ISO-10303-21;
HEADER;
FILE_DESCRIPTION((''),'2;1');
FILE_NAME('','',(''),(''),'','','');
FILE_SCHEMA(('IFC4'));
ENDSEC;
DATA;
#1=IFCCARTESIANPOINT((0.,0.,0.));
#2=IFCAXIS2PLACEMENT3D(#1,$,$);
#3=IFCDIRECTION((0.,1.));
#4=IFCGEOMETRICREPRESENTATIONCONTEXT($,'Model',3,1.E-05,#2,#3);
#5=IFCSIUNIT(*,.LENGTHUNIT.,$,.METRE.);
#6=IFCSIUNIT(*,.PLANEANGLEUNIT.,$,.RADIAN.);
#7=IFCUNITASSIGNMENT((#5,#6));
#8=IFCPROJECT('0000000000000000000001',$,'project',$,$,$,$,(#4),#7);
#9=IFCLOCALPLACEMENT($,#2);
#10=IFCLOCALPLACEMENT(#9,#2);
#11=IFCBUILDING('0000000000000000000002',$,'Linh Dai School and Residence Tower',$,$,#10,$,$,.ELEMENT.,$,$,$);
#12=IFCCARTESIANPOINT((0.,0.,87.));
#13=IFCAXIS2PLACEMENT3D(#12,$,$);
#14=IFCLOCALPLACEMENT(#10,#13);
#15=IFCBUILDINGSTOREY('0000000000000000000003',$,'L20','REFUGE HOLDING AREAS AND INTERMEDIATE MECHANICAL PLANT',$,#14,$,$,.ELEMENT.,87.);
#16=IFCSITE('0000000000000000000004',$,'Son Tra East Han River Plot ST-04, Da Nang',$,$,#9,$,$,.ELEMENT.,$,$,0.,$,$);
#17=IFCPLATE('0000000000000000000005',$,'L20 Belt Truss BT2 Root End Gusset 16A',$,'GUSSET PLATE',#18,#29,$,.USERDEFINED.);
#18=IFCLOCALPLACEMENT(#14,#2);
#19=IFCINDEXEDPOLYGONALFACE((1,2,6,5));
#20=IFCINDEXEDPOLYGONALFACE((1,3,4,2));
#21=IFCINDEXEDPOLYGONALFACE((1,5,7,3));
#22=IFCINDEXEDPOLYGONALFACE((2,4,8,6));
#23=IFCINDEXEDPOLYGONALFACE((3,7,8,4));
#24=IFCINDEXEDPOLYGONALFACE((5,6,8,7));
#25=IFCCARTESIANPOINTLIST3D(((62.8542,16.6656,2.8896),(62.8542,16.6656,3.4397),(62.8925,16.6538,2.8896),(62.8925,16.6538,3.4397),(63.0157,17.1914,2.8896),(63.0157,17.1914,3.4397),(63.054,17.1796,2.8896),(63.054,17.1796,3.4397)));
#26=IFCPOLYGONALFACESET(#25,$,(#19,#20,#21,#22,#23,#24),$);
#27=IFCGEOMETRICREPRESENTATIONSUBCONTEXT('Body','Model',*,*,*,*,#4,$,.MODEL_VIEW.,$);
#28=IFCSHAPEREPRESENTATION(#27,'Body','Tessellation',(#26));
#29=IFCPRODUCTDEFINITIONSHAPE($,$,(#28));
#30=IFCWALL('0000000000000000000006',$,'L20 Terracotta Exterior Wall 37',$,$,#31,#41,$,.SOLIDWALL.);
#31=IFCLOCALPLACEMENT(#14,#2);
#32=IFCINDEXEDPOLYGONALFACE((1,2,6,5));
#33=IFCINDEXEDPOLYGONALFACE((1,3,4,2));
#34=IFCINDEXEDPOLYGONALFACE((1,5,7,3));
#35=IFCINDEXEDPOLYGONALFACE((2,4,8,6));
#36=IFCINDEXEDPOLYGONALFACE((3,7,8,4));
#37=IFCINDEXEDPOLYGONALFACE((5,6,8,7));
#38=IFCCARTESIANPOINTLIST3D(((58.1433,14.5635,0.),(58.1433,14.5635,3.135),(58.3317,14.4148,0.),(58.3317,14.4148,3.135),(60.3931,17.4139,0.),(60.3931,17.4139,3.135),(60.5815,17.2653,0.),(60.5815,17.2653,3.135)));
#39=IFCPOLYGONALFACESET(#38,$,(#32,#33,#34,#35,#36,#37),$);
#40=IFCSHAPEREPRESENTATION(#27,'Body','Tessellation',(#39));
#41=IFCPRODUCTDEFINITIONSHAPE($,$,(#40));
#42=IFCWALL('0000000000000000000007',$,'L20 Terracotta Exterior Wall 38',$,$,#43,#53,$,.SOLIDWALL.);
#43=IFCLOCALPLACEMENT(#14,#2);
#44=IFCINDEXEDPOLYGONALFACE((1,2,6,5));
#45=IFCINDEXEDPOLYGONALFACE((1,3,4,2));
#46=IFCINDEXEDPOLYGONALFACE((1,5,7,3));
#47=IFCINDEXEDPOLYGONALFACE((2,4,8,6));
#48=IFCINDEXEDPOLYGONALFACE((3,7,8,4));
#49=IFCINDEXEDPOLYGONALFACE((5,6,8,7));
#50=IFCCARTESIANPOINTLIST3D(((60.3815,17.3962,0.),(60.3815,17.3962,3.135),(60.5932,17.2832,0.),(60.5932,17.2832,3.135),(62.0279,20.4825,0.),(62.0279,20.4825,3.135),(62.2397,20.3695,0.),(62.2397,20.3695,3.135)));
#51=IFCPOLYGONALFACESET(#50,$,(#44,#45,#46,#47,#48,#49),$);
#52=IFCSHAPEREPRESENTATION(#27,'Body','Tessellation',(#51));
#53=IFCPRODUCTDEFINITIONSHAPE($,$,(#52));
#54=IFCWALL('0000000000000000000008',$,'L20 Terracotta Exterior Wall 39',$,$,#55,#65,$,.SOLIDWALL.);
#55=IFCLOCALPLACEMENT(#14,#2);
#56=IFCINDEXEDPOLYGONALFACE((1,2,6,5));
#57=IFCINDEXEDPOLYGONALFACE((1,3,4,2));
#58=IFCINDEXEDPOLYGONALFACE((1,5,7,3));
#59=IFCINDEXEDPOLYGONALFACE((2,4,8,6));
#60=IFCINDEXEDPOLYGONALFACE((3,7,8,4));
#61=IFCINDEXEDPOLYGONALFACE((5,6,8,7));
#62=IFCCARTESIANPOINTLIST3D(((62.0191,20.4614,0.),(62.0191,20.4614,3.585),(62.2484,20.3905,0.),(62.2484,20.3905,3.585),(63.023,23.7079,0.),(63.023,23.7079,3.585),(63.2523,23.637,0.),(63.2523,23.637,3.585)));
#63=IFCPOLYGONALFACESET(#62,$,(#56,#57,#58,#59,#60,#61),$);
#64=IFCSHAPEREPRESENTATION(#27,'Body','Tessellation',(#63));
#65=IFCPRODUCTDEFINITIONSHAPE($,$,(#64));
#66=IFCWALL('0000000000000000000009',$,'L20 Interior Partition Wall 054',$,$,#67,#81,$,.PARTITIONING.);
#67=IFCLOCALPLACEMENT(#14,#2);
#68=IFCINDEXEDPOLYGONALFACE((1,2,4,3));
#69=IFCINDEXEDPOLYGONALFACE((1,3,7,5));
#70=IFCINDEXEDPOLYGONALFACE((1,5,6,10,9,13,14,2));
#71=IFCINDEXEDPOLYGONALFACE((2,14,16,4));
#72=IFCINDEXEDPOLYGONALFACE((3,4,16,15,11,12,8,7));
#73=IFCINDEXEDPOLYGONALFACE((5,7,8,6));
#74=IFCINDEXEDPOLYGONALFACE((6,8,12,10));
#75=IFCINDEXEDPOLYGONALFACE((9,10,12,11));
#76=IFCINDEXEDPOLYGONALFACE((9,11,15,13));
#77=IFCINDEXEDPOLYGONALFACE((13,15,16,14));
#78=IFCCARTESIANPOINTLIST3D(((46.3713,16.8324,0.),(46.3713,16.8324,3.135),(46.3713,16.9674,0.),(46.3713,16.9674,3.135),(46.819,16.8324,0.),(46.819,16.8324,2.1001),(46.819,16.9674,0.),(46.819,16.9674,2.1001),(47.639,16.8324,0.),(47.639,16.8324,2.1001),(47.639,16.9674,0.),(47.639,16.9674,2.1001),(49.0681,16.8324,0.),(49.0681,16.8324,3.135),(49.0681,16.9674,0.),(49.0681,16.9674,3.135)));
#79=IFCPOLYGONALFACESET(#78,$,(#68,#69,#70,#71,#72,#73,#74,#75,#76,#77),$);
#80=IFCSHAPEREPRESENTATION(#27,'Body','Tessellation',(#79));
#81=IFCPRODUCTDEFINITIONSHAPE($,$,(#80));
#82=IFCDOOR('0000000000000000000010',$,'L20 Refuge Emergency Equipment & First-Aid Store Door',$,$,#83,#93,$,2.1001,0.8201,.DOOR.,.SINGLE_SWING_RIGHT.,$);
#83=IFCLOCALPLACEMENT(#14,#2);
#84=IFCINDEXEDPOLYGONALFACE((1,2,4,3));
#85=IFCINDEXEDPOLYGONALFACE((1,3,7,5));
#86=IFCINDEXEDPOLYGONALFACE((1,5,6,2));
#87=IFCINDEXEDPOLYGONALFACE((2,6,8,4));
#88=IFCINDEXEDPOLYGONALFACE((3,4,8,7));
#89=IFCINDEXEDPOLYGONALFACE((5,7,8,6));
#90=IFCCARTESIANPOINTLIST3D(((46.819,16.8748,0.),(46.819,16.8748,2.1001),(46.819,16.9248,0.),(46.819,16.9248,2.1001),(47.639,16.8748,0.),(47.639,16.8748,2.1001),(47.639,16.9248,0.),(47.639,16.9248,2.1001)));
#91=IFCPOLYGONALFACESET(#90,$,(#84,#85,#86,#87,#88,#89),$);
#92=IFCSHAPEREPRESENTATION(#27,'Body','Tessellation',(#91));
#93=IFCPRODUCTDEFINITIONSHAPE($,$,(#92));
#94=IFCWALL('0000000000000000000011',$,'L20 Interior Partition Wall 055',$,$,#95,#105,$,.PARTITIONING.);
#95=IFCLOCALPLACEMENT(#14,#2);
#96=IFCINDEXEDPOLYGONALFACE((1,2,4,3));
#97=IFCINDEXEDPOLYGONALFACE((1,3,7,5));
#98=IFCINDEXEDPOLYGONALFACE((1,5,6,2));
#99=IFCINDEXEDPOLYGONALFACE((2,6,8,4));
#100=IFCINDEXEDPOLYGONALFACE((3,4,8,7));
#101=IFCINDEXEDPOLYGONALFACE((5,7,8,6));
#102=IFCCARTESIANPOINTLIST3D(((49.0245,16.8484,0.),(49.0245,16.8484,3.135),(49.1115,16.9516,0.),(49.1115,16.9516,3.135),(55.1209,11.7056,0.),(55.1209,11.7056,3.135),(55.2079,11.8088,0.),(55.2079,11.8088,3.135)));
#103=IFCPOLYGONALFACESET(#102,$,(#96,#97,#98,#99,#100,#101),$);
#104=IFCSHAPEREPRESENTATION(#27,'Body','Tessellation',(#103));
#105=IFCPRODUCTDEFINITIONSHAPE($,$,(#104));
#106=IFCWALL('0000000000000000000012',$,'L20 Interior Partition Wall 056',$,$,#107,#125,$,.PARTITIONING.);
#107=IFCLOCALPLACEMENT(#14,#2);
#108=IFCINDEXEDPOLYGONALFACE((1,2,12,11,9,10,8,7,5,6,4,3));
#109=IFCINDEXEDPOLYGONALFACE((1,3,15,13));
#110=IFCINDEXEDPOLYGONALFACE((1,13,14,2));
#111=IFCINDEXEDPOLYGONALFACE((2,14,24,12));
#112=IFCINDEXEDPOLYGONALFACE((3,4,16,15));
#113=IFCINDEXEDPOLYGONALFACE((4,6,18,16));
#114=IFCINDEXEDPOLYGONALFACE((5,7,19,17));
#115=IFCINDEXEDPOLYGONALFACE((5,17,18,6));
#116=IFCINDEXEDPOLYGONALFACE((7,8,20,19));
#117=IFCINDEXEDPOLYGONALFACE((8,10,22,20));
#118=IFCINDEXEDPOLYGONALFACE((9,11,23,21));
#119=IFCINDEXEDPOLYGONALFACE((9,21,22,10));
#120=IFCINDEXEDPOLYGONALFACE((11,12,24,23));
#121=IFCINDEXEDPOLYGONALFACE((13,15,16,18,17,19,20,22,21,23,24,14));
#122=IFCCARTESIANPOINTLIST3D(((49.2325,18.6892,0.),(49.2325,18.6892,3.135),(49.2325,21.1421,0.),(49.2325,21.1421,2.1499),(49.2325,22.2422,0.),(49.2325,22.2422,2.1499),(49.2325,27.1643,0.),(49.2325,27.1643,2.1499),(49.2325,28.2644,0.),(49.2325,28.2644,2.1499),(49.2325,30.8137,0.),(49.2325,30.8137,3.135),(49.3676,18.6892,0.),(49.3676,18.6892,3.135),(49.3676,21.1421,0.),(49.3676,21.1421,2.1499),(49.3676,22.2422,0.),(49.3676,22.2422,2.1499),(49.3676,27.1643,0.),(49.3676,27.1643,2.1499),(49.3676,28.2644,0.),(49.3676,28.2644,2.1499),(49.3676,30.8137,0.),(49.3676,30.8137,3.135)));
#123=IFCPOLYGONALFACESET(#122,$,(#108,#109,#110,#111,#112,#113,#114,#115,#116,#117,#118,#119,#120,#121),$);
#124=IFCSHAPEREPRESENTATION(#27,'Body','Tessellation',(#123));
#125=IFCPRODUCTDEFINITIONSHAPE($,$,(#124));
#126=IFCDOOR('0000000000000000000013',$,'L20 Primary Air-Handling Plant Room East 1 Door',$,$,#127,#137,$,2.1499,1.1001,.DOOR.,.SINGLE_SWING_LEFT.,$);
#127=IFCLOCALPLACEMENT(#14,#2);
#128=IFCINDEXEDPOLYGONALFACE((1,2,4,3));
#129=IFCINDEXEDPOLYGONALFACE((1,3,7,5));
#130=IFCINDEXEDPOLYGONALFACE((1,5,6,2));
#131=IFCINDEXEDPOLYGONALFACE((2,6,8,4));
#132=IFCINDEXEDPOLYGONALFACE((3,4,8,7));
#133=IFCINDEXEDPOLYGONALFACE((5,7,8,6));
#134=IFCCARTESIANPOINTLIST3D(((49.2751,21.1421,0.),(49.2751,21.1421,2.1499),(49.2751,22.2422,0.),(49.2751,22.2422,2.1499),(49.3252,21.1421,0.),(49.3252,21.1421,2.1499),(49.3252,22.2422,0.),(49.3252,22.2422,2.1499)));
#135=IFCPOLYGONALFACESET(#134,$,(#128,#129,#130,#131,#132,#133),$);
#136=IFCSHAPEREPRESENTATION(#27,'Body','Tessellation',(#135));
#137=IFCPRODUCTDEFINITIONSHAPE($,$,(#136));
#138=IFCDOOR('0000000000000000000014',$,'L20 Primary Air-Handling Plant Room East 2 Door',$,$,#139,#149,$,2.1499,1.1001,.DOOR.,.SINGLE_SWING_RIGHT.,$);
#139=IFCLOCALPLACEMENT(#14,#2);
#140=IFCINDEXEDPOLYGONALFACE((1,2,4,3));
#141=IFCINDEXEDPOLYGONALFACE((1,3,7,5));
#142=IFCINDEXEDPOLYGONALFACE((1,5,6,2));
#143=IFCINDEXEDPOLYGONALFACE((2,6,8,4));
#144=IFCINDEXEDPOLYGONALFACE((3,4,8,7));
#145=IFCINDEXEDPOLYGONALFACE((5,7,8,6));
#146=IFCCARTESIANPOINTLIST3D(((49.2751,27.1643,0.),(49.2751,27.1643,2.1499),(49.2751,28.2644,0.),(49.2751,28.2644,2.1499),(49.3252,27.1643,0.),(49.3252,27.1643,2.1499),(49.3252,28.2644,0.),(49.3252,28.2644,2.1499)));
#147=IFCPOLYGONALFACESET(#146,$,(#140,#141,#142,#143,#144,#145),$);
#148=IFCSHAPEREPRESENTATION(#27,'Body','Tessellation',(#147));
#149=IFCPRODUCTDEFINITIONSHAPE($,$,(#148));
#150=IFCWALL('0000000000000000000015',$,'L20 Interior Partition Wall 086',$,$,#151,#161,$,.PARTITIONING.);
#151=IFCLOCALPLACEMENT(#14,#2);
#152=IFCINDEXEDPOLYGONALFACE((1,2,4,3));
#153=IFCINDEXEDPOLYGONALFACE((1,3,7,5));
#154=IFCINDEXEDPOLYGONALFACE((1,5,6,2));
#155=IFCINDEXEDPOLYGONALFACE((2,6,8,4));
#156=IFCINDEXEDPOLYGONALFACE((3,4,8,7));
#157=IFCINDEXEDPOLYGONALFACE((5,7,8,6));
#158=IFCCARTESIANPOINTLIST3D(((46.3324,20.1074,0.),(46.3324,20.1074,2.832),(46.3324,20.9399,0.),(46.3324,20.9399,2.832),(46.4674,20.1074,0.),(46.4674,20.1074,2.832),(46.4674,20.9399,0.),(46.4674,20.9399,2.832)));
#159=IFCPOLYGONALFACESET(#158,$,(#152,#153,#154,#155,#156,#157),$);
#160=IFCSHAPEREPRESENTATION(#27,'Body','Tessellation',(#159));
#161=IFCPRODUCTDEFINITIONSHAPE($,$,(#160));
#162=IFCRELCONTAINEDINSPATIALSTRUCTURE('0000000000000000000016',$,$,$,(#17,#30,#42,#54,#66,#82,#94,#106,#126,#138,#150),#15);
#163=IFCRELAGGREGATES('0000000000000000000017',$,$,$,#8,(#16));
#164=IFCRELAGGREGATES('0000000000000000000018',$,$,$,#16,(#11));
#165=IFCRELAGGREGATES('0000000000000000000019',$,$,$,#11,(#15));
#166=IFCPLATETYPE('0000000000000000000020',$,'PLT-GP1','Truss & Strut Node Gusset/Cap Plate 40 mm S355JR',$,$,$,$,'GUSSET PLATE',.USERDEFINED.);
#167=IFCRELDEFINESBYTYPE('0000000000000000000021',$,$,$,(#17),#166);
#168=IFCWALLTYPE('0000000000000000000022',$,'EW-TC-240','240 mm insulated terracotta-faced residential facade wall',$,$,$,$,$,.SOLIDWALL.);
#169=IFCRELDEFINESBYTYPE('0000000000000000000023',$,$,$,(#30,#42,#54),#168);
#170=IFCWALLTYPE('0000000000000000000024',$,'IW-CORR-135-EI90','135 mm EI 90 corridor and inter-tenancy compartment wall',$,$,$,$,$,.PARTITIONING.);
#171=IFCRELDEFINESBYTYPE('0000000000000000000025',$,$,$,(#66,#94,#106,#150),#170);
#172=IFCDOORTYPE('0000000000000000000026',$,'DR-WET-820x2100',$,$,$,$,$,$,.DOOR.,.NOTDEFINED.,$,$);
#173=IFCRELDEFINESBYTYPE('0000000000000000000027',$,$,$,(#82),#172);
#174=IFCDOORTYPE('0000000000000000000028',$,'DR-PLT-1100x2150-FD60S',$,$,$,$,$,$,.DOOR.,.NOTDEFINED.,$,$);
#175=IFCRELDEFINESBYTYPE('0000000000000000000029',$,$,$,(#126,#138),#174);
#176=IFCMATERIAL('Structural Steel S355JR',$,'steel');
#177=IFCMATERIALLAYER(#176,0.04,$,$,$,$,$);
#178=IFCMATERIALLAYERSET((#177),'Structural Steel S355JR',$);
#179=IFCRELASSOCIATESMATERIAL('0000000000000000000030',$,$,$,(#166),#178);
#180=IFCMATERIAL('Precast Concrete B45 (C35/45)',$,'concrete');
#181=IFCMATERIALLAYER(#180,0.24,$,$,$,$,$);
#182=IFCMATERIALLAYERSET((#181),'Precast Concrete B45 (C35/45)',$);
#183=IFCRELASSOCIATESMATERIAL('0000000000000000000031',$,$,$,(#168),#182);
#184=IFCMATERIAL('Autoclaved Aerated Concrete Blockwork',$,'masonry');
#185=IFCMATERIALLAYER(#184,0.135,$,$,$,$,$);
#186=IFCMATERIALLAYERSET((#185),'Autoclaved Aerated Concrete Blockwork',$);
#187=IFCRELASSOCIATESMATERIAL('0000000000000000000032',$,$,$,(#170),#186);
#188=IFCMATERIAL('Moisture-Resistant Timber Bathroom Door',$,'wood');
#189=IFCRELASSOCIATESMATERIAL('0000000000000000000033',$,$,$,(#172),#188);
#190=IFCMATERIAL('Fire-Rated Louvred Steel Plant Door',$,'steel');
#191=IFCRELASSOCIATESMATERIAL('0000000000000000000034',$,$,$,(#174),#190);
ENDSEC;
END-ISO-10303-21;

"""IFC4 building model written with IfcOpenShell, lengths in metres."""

from ifc_helpers import new_model, si_unit, direction, frame, frame_2d, origin, origin_2d, place, context, subcontext, project, spatial, rectangle, extrude, source, transform, mapped, material, layer, layer_set, type_object, element, fill, save


model = new_model("IFC4")

# Units and contexts
model_context = context("Model", 3, precision=1e-05, world=origin(), true_north=direction((0.0, 1.0)))
body_context = subcontext(model_context, "Body", "Model", "MODEL_VIEW")
ifc_project = project(units=[si_unit("LENGTHUNIT", "METRE"), si_unit("PLANEANGLEUNIT", "RADIAN")], contexts=[model_context])

# Site, building, storey
site_placement = place(None, origin())
site = spatial("IfcSite", under=ifc_project, at=site_placement, Name="Son Tra East Han River Plot ST-04, Da Nang", CompositionType="ELEMENT", RefElevation=0.0)
building_placement = place(site_placement, origin())
building = spatial("IfcBuilding", under=site, at=building_placement, Name="Linh Dai School and Residence Tower", CompositionType="ELEMENT")
storey_placement = place(building_placement, frame((0.0, 0.0, 87.0)))
storey = spatial("IfcBuildingStorey", under=building, at=storey_placement, Name="L20", Description="REFUGE HOLDING AREAS AND INTERMEDIATE MECHANICAL PLANT", CompositionType="ELEMENT", Elevation=87.0)

# Shared definitions
ifc_material_1 = material(Name="Structural Steel S355JR", Category="steel")

# Plate
ifc_layer_1 = layer(ifc_material_1, 0.04)
ifc_layer_set_1 = layer_set([ifc_layer_1], Name="Structural Steel S355JR")
plate_type = type_object("IfcPlateType", Name="PLT-GP1", Description="Truss & Strut Node Gusset/Cap Plate 40 mm S355JR", ElementType="GUSSET PLATE", PredefinedType="USERDEFINED", material=ifc_layer_set_1)
shared_shape_1 = source(origin(), body_context, "Body", "SweptSolid", [
    extrude(rectangle(XDim=0.55, YDim=0.04, at=origin_2d()), origin(), (0.0, 0.0, 1.0), 0.55),
])
for number, where, z_axis, x_axis, name in (
    (1, (62.9541, 16.9226, 2.8896), (0.0, 0.0, 1.0), (0.293658, 0.955911, 0.0), "L20 Belt Truss BT2 Root End Gusset 16A"),
):
    element("IfcPlate", number, at=place(storey_placement, frame(where, z_axis=z_axis, x_axis=x_axis)), inside=storey, type_object=plate_type, Name=name, ObjectType="GUSSET PLATE", PredefinedType="USERDEFINED", context=body_context, shape_type="MappedRepresentation", body=[
        mapped(shared_shape_1, transform((0.0, 0.0, 0.0), x_axis=(1.0, 0.0, 0.0), y_axis=(0.0, 1.0, 0.0), z_axis=(0.0, 0.0, 1.0), scale=1.0)),
    ])

# Walls
ifc_material_2 = material(Name="Precast Concrete B45 (C35/45)", Category="concrete")
ifc_layer_2 = layer(ifc_material_2, 0.24)
ifc_layer_set_2 = layer_set([ifc_layer_2], Name="Precast Concrete B45 (C35/45)")
wall_type_1 = type_object("IfcWallType", Name="EW-TC-240", Description="240 mm insulated terracotta-faced residential facade wall", PredefinedType="SOLIDWALL", material=ifc_layer_set_2)
wall_1_placement = place(storey_placement, frame((60.4873, 17.3396, 0.0), z_axis=(0.0, 0.0, 1.0), x_axis=(-0.619557, -0.784952, 0.0)))
element("IfcWall", 2, at=wall_1_placement, inside=storey, type_object=wall_type_1, Name="L20 Terracotta Exterior Wall 37", PredefinedType="SOLIDWALL", context=body_context, shape_type="SweptSolid", body=[
    extrude(rectangle(XDim=3.6313, YDim=0.24, at=frame_2d((1.8157, 0.0))), origin(), (0.0, 0.0, 1.0), 3.135),
])
wall_2_placement = place(storey_placement, frame((62.1338, 20.426, 0.0), z_axis=(0.0, 0.0, 1.0), x_axis=(-0.470675, -0.882307, 0.0)))
element("IfcWall", 3, at=wall_2_placement, inside=storey, type_object=wall_type_1, Name="L20 Terracotta Exterior Wall 38", PredefinedType="SOLIDWALL", context=body_context, shape_type="SweptSolid", body=[
    extrude(rectangle(XDim=3.498, YDim=0.24, at=frame_2d((1.749, 0.0))), origin(), (0.0, 0.0, 1.0), 3.135),
])
wall_3_placement = place(storey_placement, frame((63.1377, 23.6726, 0.0), z_axis=(0.0, 0.0, 1.0), x_axis=(-0.295418, -0.955368, 0.0)))
element("IfcWall", 4, at=wall_3_placement, inside=storey, type_object=wall_type_1, Name="L20 Terracotta Exterior Wall 39", PredefinedType="SOLIDWALL", context=body_context, shape_type="SweptSolid", body=[
    extrude(rectangle(XDim=3.3982, YDim=0.24, at=frame_2d((1.6992, 0.0))), origin(), (0.0, 0.0, 1.0), 3.585),
])

# Wall, opening, door
ifc_material_3 = material(Name="Autoclaved Aerated Concrete Blockwork", Category="masonry")
ifc_layer_3 = layer(ifc_material_3, 0.135)
ifc_layer_set_3 = layer_set([ifc_layer_3], Name="Autoclaved Aerated Concrete Blockwork")
wall_type_2 = type_object("IfcWallType", Name="IW-CORR-135-EI90", Description="135 mm EI 90 corridor and inter-tenancy compartment wall", PredefinedType="PARTITIONING", material=ifc_layer_set_3)
wall_4_placement = place(storey_placement, frame((46.3713, 16.8999, 0.0), z_axis=(0.0, 0.0, 1.0), x_axis=(1.0, 0.0, 0.0)))
wall_4 = element("IfcWall", 5, at=wall_4_placement, inside=storey, type_object=wall_type_2, Name="L20 Interior Partition Wall 054", PredefinedType="PARTITIONING", context=body_context, shape_type="SweptSolid", body=[
    extrude(rectangle(XDim=2.6968, YDim=0.135, at=frame_2d((1.3484, 0.0))), origin(), (0.0, 0.0, 1.0), 3.135),
])
opening_1_placement = place(wall_4_placement, frame((0.4475, 0.0, 0.0)))
opening_1 = element("IfcOpeningElement", 6, at=opening_1_placement, cuts=wall_4, PredefinedType="OPENING", context=body_context, shape_type="SweptSolid", body=[
    extrude(rectangle(XDim=0.8201, YDim=2.1001, at=origin_2d()), frame((0.4102, 0.0776, 1.05), z_axis=(0.0, -1.0, 0.0), x_axis=(1.0, 0.0, 0.0)), (0.0, 0.0, 1.0), 0.155),
])
ifc_material_4 = material(Name="Moisture-Resistant Timber Bathroom Door", Category="wood")
door_type_1 = type_object("IfcDoorType", Name="DR-WET-820x2100", OperationType="NOTDEFINED", PredefinedType="DOOR", material=ifc_material_4)
shared_shape_2 = source(origin(), body_context, "Body", "SweptSolid", [
    extrude(rectangle(XDim=0.8201, YDim=2.1001, at=origin_2d()), frame((0.4102, 0.0249, 1.05), z_axis=(0.0, -1.0, 0.0), x_axis=(1.0, 0.0, 0.0)), (0.0, 0.0, 1.0), 0.05),
])
door_1_placement = place(opening_1_placement, origin())
door_1 = element("IfcDoor", 7, at=door_1_placement, inside=storey, type_object=door_type_1, Name="L20 Refuge Emergency Equipment & First-Aid Store Door", OperationType="SINGLE_SWING_RIGHT", OverallHeight=2.1001, OverallWidth=0.8201, PredefinedType="DOOR", context=body_context, shape_type="MappedRepresentation", body=[
    mapped(shared_shape_2, transform((0.0, 0.0, 0.0), x_axis=(1.0, 0.0, 0.0), y_axis=(0.0, 1.0, 0.0), z_axis=(0.0, 0.0, 1.0), scale=1.0)),
])
fill(opening_1, door_1)

# Wall
wall_5_placement = place(storey_placement, frame((49.0681, 16.8999, 0.0), z_axis=(0.0, 0.0, 1.0), x_axis=(0.764356, -0.644794, 0.0)))
element("IfcWall", 8, at=wall_5_placement, inside=storey, type_object=wall_type_2, Name="L20 Interior Partition Wall 055", PredefinedType="PARTITIONING", context=body_context, shape_type="SweptSolid", body=[
    extrude(rectangle(XDim=7.9758, YDim=0.135, at=frame_2d((3.9878, 0.0))), origin(), (0.0, 0.0, 1.0), 3.135),
])

# Wall, openings, doors
wall_6_placement = place(storey_placement, frame((49.3, 18.6892, 0.0), z_axis=(0.0, 0.0, 1.0), x_axis=(0.0, 1.0, 0.0)))
wall_6 = element("IfcWall", 9, at=wall_6_placement, inside=storey, type_object=wall_type_2, Name="L20 Interior Partition Wall 056", PredefinedType="PARTITIONING", context=body_context, shape_type="SweptSolid", body=[
    extrude(rectangle(XDim=12.1245, YDim=0.135, at=frame_2d((6.0623, 0.0))), origin(), (0.0, 0.0, 1.0), 3.135),
])
opening_2_placement = place(wall_6_placement, frame((2.4529, 0.0, 0.0)))
opening_2 = element("IfcOpeningElement", 10, at=opening_2_placement, cuts=wall_6, PredefinedType="OPENING", context=body_context, shape_type="SweptSolid", body=[
    extrude(rectangle(XDim=1.1001, YDim=2.1499, at=origin_2d()), frame((0.55, 0.0776, 1.075), z_axis=(0.0, -1.0, 0.0), x_axis=(1.0, 0.0, 0.0)), (0.0, 0.0, 1.0), 0.155),
])
opening_3_placement = place(wall_6_placement, frame((8.4751, 0.0, 0.0)))
opening_3 = element("IfcOpeningElement", 11, at=opening_3_placement, cuts=wall_6, PredefinedType="OPENING", context=body_context, shape_type="SweptSolid", body=[
    extrude(rectangle(XDim=1.1001, YDim=2.1499, at=origin_2d()), frame((0.55, 0.0776, 1.075), z_axis=(0.0, -1.0, 0.0), x_axis=(1.0, 0.0, 0.0)), (0.0, 0.0, 1.0), 0.155),
])
ifc_material_5 = material(Name="Fire-Rated Louvred Steel Plant Door", Category="steel")
door_type_2 = type_object("IfcDoorType", Name="DR-PLT-1100x2150-FD60S", OperationType="NOTDEFINED", PredefinedType="DOOR", material=ifc_material_5)
shared_shape_3 = source(origin(), body_context, "Body", "SweptSolid", [
    extrude(rectangle(XDim=1.1001, YDim=2.1499, at=origin_2d()), frame((0.55, 0.0249, 1.075), z_axis=(0.0, -1.0, 0.0), x_axis=(1.0, 0.0, 0.0)), (0.0, 0.0, 1.0), 0.05),
])
door_2_placement = place(opening_2_placement, origin())
door_2 = element("IfcDoor", 12, at=door_2_placement, inside=storey, type_object=door_type_2, Name="L20 Primary Air-Handling Plant Room East 1 Door", OperationType="SINGLE_SWING_LEFT", OverallHeight=2.1499, OverallWidth=1.1001, PredefinedType="DOOR", context=body_context, shape_type="MappedRepresentation", body=[
    mapped(shared_shape_3, transform((0.0, 0.0, 0.0), x_axis=(1.0, 0.0, 0.0), y_axis=(0.0, 1.0, 0.0), z_axis=(0.0, 0.0, 1.0), scale=1.0)),
])
fill(opening_2, door_2)
door_3_placement = place(opening_3_placement, origin())
door_3 = element("IfcDoor", 13, at=door_3_placement, inside=storey, type_object=door_type_2, Name="L20 Primary Air-Handling Plant Room East 2 Door", OperationType="SINGLE_SWING_RIGHT", OverallHeight=2.1499, OverallWidth=1.1001, PredefinedType="DOOR", context=body_context, shape_type="MappedRepresentation", body=[
    mapped(shared_shape_3, transform((0.0, 0.0, 0.0), x_axis=(1.0, 0.0, 0.0), y_axis=(0.0, 1.0, 0.0), z_axis=(0.0, 0.0, 1.0), scale=1.0)),
])
fill(opening_3, door_3)

# Wall
wall_7_placement = place(storey_placement, frame((46.3999, 20.1074, 0.0), z_axis=(0.0, 0.0, 1.0), x_axis=(0.0, 1.0, 0.0)))
element("IfcWall", 14, at=wall_7_placement, inside=storey, type_object=wall_type_2, Name="L20 Interior Partition Wall 086", PredefinedType="PARTITIONING", context=body_context, shape_type="SweptSolid", body=[
    extrude(rectangle(XDim=0.8325, YDim=0.135, at=frame_2d((0.4163, 0.0))), origin(), (0.0, 0.0, 1.0), 2.832),
])

save(model, "model.ifc")
